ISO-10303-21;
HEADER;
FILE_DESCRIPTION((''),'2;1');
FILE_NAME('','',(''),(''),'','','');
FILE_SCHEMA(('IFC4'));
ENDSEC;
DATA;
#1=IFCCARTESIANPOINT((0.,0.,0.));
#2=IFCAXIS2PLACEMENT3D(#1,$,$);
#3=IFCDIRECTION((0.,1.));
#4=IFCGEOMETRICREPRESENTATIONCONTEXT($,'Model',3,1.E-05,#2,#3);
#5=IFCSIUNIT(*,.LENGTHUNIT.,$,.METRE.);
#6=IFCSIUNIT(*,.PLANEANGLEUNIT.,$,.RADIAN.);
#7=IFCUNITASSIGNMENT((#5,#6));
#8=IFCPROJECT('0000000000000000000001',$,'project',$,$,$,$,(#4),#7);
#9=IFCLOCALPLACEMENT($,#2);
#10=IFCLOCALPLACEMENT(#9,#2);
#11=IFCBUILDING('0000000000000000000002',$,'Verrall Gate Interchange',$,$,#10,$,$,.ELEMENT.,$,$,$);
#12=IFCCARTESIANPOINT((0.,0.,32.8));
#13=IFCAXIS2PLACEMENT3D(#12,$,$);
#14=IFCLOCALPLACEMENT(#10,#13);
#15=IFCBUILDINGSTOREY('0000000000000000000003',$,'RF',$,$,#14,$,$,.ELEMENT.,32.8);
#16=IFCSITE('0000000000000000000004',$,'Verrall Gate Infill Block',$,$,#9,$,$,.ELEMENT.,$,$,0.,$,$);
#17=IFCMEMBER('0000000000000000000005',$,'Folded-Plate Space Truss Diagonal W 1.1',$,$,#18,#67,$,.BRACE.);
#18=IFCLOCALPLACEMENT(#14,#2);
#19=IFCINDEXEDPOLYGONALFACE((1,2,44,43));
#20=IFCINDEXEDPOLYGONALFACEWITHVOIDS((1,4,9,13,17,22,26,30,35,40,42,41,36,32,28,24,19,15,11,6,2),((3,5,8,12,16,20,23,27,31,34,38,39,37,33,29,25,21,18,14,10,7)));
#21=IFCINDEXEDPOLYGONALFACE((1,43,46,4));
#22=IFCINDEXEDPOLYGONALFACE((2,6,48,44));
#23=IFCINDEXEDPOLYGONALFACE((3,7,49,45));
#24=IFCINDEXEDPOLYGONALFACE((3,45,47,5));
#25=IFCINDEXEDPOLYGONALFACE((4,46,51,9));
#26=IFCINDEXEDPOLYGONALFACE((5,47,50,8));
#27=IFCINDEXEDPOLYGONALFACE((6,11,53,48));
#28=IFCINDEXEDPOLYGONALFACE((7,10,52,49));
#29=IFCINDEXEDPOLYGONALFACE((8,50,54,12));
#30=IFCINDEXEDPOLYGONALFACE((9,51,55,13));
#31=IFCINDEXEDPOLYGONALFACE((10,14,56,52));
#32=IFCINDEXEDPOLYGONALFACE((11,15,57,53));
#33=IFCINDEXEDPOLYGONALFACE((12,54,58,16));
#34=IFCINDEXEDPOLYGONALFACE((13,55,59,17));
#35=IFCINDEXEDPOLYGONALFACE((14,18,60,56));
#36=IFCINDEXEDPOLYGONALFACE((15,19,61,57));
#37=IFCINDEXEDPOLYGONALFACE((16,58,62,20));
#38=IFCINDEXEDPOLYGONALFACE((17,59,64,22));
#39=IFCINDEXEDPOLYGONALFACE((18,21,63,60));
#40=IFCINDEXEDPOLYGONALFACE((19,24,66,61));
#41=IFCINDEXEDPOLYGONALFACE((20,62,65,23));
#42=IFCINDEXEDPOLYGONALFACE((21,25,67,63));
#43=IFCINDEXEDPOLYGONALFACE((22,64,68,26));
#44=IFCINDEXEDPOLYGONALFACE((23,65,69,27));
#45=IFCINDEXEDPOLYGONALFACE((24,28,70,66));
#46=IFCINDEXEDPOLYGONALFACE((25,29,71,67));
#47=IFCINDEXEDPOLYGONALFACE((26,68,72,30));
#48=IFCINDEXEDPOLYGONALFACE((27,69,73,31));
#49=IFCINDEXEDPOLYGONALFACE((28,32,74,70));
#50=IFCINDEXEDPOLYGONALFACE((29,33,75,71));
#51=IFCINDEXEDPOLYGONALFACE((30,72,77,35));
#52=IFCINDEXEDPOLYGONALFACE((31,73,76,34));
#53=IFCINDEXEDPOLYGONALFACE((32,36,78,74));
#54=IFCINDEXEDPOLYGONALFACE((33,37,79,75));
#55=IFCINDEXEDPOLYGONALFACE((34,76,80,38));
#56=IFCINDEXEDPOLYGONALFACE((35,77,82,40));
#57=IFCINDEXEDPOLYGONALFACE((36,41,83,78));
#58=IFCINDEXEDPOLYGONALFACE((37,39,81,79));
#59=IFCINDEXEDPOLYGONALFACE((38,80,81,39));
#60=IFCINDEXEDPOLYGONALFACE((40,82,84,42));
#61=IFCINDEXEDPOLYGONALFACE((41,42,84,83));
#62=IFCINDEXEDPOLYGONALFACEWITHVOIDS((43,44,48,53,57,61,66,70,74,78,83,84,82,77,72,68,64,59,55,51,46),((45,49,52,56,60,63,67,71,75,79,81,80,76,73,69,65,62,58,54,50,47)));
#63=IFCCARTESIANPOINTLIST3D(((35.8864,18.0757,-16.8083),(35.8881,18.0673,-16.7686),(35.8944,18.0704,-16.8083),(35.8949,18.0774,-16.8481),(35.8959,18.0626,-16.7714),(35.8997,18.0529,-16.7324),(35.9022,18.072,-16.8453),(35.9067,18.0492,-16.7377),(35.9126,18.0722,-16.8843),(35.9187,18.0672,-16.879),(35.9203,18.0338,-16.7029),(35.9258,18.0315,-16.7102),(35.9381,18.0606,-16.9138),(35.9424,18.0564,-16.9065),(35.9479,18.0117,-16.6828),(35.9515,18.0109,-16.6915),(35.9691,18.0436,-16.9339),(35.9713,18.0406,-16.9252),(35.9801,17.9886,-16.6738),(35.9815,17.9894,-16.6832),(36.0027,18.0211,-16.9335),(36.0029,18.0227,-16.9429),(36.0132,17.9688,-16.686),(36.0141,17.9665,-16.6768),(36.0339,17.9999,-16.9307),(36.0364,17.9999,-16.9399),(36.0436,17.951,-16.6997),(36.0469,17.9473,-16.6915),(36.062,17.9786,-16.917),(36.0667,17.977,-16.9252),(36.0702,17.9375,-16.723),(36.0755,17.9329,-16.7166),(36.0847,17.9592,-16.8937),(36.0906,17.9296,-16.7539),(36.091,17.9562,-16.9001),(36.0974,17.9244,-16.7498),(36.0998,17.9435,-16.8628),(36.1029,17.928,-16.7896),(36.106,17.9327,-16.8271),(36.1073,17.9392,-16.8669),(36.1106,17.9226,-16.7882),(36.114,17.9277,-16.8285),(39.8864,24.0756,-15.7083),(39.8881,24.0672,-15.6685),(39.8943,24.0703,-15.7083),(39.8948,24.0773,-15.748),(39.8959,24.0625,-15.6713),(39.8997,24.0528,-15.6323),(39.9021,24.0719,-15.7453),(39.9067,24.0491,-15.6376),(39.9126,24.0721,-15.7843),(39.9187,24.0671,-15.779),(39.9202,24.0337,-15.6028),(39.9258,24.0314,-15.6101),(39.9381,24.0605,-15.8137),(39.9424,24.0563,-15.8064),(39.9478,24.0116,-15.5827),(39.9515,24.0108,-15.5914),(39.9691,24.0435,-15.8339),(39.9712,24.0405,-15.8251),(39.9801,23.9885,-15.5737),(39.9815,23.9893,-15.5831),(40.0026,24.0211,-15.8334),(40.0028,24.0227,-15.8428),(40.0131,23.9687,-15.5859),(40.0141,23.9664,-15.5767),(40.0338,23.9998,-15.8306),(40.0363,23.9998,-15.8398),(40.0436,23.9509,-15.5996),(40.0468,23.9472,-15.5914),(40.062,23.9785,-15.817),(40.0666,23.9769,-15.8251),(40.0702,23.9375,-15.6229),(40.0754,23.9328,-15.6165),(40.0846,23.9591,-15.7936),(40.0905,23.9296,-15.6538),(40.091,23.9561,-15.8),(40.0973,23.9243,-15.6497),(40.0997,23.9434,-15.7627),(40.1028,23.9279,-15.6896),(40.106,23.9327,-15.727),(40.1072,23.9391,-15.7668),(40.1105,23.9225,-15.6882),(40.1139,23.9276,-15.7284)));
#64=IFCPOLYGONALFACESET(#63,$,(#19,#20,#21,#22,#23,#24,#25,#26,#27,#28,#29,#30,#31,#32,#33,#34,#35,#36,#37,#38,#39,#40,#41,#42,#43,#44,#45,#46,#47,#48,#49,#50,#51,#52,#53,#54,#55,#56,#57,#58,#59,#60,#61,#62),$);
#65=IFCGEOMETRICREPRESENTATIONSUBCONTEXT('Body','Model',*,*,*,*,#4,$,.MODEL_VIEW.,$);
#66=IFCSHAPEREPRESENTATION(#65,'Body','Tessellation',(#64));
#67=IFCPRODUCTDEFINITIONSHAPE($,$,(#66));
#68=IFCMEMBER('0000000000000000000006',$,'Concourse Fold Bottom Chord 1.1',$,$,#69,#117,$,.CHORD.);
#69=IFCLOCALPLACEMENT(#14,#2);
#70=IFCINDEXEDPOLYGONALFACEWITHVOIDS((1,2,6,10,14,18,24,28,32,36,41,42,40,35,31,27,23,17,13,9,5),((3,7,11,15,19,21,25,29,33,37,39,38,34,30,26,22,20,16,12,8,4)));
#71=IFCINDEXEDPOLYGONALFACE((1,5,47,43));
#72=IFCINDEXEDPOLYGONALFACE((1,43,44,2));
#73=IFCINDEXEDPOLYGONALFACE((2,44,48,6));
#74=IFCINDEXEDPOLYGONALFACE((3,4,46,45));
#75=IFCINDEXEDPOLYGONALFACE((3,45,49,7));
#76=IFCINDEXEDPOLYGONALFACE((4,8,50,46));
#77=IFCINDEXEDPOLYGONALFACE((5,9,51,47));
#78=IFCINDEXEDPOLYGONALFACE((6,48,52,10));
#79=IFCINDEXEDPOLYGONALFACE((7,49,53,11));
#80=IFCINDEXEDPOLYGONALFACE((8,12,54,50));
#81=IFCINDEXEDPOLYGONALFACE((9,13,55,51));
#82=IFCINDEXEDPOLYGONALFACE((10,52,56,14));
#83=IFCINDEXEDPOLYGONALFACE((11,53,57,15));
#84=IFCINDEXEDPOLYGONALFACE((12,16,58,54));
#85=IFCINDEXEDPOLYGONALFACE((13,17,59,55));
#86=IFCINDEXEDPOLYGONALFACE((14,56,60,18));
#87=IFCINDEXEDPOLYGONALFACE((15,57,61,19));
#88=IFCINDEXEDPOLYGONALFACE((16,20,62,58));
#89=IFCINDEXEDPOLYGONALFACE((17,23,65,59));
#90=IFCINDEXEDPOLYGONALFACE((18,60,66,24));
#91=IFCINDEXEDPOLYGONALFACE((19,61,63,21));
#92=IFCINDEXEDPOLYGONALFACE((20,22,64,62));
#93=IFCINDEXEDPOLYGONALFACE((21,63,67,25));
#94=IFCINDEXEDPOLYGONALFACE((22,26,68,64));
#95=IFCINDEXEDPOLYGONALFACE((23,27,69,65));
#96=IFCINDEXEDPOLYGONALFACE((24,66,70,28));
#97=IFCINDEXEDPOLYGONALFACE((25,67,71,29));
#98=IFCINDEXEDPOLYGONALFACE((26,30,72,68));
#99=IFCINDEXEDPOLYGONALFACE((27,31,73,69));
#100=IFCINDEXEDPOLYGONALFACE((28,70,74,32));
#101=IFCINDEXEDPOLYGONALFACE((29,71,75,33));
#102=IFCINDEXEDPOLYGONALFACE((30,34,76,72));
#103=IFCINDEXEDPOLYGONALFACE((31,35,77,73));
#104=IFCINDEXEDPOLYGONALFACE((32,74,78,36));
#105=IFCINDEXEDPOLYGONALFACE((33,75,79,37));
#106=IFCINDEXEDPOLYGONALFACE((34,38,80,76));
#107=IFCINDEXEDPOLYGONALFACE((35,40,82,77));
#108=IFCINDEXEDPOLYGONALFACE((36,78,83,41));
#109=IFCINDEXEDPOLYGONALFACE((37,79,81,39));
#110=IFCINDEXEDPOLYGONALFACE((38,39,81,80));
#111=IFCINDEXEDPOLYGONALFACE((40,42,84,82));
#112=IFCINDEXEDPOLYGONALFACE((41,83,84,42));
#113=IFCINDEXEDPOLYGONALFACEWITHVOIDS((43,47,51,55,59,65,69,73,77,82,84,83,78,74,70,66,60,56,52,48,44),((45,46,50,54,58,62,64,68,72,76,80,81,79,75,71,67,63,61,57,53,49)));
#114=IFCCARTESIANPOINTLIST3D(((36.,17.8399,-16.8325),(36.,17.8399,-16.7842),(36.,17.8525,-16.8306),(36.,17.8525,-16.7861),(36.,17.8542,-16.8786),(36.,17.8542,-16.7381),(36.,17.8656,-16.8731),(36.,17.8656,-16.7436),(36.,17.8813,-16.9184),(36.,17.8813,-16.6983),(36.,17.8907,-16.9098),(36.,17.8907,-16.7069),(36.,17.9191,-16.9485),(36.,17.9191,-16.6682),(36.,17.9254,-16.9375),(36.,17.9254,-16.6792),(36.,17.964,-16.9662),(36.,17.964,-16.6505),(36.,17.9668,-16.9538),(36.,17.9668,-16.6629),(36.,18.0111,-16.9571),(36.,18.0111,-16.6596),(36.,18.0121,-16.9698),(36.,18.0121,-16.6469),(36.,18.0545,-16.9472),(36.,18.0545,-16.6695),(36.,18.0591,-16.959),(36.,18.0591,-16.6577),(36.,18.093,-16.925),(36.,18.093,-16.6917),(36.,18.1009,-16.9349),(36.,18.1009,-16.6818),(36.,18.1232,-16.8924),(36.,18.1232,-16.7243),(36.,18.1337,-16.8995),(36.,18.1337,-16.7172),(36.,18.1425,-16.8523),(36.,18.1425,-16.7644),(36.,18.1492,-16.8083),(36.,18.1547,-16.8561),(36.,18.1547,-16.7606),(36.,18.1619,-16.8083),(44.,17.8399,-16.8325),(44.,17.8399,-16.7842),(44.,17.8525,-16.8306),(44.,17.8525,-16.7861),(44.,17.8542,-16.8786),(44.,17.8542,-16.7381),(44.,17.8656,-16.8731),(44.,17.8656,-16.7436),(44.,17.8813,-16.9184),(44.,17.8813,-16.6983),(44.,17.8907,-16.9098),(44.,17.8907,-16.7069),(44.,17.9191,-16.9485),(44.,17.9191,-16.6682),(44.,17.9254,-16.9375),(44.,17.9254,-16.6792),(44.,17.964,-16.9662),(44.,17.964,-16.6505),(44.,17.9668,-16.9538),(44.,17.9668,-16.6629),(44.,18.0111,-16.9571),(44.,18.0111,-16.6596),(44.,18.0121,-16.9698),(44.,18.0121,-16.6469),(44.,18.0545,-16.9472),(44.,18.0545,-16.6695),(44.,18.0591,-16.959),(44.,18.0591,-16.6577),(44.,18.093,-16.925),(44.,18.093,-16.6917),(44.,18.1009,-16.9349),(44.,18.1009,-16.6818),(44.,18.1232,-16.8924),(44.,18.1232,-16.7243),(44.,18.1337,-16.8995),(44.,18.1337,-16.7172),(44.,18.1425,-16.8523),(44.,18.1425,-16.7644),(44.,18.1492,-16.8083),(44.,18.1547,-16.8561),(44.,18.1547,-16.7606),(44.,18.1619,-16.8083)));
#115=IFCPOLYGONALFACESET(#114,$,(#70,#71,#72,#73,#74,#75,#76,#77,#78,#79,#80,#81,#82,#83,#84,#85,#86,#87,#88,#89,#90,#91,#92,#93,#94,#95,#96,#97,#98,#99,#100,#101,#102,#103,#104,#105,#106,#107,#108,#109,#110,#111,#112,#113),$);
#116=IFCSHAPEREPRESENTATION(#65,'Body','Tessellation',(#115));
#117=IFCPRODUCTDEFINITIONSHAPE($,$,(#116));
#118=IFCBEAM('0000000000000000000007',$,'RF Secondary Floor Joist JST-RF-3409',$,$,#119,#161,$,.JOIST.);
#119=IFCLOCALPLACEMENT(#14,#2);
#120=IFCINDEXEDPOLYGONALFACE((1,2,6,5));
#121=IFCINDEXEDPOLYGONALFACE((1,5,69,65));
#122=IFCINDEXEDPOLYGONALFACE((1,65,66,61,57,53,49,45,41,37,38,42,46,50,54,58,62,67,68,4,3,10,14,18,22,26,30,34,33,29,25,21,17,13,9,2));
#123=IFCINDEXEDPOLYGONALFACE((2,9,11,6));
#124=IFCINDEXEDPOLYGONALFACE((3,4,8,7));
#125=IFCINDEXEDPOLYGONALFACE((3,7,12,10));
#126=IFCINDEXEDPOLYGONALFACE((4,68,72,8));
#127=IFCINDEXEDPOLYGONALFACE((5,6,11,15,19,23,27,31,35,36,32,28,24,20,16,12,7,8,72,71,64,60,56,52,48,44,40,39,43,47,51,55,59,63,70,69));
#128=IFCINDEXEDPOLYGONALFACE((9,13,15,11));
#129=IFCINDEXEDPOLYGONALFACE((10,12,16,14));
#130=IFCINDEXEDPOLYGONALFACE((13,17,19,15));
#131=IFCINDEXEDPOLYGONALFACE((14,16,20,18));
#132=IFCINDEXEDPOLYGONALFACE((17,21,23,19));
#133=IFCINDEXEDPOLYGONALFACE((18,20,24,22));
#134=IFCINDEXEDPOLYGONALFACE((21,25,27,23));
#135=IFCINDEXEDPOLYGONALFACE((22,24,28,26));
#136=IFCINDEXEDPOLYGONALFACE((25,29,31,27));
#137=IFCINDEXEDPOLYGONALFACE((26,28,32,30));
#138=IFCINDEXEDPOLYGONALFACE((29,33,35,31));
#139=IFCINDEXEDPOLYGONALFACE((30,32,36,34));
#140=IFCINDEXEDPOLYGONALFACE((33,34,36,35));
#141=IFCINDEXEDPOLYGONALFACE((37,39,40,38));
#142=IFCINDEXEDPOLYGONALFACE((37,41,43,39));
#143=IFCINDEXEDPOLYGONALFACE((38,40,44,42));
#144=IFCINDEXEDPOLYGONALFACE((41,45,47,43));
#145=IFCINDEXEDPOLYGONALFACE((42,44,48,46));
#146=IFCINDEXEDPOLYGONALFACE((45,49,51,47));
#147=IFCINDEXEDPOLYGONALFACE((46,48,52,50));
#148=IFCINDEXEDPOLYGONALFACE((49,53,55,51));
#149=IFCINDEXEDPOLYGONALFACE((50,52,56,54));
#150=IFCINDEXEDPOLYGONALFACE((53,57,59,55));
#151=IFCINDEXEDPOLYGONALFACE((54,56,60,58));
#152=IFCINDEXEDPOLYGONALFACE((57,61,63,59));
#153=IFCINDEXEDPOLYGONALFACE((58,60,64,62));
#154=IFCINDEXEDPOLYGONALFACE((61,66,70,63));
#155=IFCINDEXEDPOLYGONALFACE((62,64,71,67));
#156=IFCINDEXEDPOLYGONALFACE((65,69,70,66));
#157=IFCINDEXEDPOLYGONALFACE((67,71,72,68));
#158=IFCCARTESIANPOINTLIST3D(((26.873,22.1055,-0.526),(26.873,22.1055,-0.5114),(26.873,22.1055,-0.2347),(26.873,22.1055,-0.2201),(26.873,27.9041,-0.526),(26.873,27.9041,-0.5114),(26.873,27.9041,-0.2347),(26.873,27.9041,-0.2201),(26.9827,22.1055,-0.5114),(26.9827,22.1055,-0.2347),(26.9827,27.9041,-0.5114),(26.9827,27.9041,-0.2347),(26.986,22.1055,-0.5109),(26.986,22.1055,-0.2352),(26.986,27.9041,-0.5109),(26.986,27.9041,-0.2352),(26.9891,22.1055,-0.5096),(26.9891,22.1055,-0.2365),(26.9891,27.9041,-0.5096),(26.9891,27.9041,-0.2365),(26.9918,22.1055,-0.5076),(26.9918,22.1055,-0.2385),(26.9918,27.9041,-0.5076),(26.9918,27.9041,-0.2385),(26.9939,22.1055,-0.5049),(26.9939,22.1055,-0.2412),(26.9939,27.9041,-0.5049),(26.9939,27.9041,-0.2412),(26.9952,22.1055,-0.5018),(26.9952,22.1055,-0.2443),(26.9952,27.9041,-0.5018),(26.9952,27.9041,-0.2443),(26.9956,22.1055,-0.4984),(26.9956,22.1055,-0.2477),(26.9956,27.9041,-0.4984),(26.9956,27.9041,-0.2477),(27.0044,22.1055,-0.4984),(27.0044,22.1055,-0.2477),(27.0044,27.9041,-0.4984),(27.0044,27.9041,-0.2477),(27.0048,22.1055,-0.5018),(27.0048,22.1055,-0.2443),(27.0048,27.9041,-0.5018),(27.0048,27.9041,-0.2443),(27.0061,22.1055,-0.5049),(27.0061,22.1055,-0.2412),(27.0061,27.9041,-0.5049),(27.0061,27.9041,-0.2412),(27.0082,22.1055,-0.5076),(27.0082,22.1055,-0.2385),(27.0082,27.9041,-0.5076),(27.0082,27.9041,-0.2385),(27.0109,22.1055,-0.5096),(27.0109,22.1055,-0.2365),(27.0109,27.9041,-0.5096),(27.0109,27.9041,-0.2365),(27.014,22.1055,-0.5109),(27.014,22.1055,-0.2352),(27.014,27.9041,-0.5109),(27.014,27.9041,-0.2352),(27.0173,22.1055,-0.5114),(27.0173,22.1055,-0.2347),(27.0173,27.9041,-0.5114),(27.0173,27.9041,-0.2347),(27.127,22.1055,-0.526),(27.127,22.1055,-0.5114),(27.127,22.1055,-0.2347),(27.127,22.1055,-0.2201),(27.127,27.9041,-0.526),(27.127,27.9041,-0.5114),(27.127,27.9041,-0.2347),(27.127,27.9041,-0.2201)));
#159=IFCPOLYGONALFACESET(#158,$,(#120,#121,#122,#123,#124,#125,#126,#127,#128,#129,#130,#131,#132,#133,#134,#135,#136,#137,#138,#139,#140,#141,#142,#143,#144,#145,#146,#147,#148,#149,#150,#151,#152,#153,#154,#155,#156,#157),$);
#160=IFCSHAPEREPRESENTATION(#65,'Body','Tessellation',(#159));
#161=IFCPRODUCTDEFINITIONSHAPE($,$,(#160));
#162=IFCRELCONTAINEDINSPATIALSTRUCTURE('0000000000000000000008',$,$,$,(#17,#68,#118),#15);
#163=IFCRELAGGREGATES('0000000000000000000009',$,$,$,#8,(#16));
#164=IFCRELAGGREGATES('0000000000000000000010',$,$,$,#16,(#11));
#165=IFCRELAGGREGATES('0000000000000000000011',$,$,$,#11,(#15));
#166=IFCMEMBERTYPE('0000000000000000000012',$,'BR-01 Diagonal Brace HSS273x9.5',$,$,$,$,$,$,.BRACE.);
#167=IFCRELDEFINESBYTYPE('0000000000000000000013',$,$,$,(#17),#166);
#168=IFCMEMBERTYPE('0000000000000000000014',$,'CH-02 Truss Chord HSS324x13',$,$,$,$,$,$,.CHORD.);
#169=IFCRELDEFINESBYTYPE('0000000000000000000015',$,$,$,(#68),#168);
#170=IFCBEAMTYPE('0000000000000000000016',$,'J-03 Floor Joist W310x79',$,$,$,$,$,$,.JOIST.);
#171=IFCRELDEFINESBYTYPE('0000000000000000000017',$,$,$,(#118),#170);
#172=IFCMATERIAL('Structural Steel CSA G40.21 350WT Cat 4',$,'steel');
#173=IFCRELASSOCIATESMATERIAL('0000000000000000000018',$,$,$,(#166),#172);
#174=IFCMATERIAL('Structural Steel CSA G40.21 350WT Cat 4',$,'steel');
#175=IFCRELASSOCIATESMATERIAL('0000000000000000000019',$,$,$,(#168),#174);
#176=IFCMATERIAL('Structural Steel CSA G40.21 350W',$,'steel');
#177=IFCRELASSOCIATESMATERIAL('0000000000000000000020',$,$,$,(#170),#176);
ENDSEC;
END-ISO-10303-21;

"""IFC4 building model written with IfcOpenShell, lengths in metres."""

from ifc_helpers import new_model, si_unit, direction, frame, origin, origin_2d, place, context, subcontext, project, spatial, hollow_circle, i_section, extrude, material, material_profile, profile_set, type_object, element, save


model = new_model("IFC4")

# Units and contexts
model_context = context("Model", 3, precision=1e-05, world=origin(), true_north=direction((0.0, 1.0)))
body_context = subcontext(model_context, "Body", "Model", "MODEL_VIEW")
ifc_project = project(units=[si_unit("LENGTHUNIT", "METRE"), si_unit("PLANEANGLEUNIT", "RADIAN")], contexts=[model_context])

# Site, building, storey
site_placement = place(None, origin())
site = spatial("IfcSite", under=ifc_project, at=site_placement, Name="Verrall Gate Infill Block", CompositionType="ELEMENT", RefElevation=0.0)
building_placement = place(site_placement, origin())
building = spatial("IfcBuilding", under=site, at=building_placement, Name="Verrall Gate Interchange", CompositionType="ELEMENT")
storey_placement = place(building_placement, frame((0.0, 0.0, 32.8)))
storey = spatial("IfcBuildingStorey", under=building, at=storey_placement, Name="RF", CompositionType="ELEMENT", Elevation=32.8)

# Members
ifc_material_1 = material(Name="Structural Steel CSA G40.21 350WT Cat 4", Category="steel")
ifc_material_profile_1 = material_profile(ifc_material_1, hollow_circle(Radius=0.1365, WallThickness=0.0095, at=origin_2d()), Name="HSS273x9.5")
ifc_profile_set_1 = profile_set([ifc_material_profile_1], Name="Structural Steel CSA G40.21 350WT Cat 4")
member_type_1 = type_object("IfcMemberType", Name="BR-01 Diagonal Brace HSS273x9.5", PredefinedType="BRACE", material=ifc_profile_set_1)
for number, where, z_axis, x_axis, name in (
    (1, (36.0, 18.0, -16.8083), (0.548356, 0.822534, 0.150811), (-0.83205, 0.5547, 0.0), "Folded-Plate Space Truss Diagonal W 1.1"),
):
    element("IfcMember", number, at=place(storey_placement, frame(where, z_axis=z_axis, x_axis=x_axis)), inside=storey, type_object=member_type_1, Name=name, PredefinedType="BRACE", context=body_context, shape_type="SweptSolid", body=[
        extrude(hollow_circle(Radius=0.1365, WallThickness=0.0095, at=origin_2d()), origin(), (0.0, 0.0, 1.0), 7.2944),
    ])
ifc_material_2 = material(Name="Structural Steel CSA G40.21 350WT Cat 4", Category="steel")
ifc_material_profile_2 = material_profile(ifc_material_2, hollow_circle(Radius=0.1619, WallThickness=0.0127, at=origin_2d()), Name="HSS324x13")
ifc_profile_set_2 = profile_set([ifc_material_profile_2], Name="Structural Steel CSA G40.21 350WT Cat 4")
member_type_2 = type_object("IfcMemberType", Name="CH-02 Truss Chord HSS324x13", PredefinedType="CHORD", material=ifc_profile_set_2)
member_1_placement = place(storey_placement, frame((36.0, 18.0, -16.8083), z_axis=(1.0, 0.0, 0.0), x_axis=(0.0, 1.0, 0.0)))
element("IfcMember", 2, at=member_1_placement, inside=storey, type_object=member_type_2, Name="Concourse Fold Bottom Chord 1.1", PredefinedType="CHORD", context=body_context, shape_type="SweptSolid", body=[
    extrude(hollow_circle(Radius=0.1619, WallThickness=0.0127, at=origin_2d()), origin(), (0.0, 0.0, 1.0), 8.0),
])

# Beam
ifc_material_3 = material(Name="Structural Steel CSA G40.21 350W", Category="steel")
ifc_material_profile_3 = material_profile(ifc_material_3, i_section(OverallWidth=0.2539, OverallDepth=0.3059, WebThickness=0.0088, FlangeThickness=0.0146, FilletRadius=0.0129, at=origin_2d()), Name="W310x79")
ifc_profile_set_3 = profile_set([ifc_material_profile_3], Name="Structural Steel CSA G40.21 350W")
beam_type_1 = type_object("IfcBeamType", Name="J-03 Floor Joist W310x79", PredefinedType="JOIST", material=ifc_profile_set_3)
beam_1_placement = place(storey_placement, frame((27.0, 22.1055, -0.373), z_axis=(0.0, 1.0, 0.0), x_axis=(-1.0, 0.0, 0.0)))
element("IfcBeam", 3, at=beam_1_placement, inside=storey, type_object=beam_type_1, Name="RF Secondary Floor Joist JST-RF-3409", PredefinedType="JOIST", context=body_context, shape_type="SweptSolid", body=[
    extrude(i_section(OverallWidth=0.2539, OverallDepth=0.3059, WebThickness=0.0088, FlangeThickness=0.0146, FilletRadius=0.0129, at=origin_2d()), origin(), (0.0, 0.0, 1.0), 5.7986),
])

save(model, "model.ifc")
